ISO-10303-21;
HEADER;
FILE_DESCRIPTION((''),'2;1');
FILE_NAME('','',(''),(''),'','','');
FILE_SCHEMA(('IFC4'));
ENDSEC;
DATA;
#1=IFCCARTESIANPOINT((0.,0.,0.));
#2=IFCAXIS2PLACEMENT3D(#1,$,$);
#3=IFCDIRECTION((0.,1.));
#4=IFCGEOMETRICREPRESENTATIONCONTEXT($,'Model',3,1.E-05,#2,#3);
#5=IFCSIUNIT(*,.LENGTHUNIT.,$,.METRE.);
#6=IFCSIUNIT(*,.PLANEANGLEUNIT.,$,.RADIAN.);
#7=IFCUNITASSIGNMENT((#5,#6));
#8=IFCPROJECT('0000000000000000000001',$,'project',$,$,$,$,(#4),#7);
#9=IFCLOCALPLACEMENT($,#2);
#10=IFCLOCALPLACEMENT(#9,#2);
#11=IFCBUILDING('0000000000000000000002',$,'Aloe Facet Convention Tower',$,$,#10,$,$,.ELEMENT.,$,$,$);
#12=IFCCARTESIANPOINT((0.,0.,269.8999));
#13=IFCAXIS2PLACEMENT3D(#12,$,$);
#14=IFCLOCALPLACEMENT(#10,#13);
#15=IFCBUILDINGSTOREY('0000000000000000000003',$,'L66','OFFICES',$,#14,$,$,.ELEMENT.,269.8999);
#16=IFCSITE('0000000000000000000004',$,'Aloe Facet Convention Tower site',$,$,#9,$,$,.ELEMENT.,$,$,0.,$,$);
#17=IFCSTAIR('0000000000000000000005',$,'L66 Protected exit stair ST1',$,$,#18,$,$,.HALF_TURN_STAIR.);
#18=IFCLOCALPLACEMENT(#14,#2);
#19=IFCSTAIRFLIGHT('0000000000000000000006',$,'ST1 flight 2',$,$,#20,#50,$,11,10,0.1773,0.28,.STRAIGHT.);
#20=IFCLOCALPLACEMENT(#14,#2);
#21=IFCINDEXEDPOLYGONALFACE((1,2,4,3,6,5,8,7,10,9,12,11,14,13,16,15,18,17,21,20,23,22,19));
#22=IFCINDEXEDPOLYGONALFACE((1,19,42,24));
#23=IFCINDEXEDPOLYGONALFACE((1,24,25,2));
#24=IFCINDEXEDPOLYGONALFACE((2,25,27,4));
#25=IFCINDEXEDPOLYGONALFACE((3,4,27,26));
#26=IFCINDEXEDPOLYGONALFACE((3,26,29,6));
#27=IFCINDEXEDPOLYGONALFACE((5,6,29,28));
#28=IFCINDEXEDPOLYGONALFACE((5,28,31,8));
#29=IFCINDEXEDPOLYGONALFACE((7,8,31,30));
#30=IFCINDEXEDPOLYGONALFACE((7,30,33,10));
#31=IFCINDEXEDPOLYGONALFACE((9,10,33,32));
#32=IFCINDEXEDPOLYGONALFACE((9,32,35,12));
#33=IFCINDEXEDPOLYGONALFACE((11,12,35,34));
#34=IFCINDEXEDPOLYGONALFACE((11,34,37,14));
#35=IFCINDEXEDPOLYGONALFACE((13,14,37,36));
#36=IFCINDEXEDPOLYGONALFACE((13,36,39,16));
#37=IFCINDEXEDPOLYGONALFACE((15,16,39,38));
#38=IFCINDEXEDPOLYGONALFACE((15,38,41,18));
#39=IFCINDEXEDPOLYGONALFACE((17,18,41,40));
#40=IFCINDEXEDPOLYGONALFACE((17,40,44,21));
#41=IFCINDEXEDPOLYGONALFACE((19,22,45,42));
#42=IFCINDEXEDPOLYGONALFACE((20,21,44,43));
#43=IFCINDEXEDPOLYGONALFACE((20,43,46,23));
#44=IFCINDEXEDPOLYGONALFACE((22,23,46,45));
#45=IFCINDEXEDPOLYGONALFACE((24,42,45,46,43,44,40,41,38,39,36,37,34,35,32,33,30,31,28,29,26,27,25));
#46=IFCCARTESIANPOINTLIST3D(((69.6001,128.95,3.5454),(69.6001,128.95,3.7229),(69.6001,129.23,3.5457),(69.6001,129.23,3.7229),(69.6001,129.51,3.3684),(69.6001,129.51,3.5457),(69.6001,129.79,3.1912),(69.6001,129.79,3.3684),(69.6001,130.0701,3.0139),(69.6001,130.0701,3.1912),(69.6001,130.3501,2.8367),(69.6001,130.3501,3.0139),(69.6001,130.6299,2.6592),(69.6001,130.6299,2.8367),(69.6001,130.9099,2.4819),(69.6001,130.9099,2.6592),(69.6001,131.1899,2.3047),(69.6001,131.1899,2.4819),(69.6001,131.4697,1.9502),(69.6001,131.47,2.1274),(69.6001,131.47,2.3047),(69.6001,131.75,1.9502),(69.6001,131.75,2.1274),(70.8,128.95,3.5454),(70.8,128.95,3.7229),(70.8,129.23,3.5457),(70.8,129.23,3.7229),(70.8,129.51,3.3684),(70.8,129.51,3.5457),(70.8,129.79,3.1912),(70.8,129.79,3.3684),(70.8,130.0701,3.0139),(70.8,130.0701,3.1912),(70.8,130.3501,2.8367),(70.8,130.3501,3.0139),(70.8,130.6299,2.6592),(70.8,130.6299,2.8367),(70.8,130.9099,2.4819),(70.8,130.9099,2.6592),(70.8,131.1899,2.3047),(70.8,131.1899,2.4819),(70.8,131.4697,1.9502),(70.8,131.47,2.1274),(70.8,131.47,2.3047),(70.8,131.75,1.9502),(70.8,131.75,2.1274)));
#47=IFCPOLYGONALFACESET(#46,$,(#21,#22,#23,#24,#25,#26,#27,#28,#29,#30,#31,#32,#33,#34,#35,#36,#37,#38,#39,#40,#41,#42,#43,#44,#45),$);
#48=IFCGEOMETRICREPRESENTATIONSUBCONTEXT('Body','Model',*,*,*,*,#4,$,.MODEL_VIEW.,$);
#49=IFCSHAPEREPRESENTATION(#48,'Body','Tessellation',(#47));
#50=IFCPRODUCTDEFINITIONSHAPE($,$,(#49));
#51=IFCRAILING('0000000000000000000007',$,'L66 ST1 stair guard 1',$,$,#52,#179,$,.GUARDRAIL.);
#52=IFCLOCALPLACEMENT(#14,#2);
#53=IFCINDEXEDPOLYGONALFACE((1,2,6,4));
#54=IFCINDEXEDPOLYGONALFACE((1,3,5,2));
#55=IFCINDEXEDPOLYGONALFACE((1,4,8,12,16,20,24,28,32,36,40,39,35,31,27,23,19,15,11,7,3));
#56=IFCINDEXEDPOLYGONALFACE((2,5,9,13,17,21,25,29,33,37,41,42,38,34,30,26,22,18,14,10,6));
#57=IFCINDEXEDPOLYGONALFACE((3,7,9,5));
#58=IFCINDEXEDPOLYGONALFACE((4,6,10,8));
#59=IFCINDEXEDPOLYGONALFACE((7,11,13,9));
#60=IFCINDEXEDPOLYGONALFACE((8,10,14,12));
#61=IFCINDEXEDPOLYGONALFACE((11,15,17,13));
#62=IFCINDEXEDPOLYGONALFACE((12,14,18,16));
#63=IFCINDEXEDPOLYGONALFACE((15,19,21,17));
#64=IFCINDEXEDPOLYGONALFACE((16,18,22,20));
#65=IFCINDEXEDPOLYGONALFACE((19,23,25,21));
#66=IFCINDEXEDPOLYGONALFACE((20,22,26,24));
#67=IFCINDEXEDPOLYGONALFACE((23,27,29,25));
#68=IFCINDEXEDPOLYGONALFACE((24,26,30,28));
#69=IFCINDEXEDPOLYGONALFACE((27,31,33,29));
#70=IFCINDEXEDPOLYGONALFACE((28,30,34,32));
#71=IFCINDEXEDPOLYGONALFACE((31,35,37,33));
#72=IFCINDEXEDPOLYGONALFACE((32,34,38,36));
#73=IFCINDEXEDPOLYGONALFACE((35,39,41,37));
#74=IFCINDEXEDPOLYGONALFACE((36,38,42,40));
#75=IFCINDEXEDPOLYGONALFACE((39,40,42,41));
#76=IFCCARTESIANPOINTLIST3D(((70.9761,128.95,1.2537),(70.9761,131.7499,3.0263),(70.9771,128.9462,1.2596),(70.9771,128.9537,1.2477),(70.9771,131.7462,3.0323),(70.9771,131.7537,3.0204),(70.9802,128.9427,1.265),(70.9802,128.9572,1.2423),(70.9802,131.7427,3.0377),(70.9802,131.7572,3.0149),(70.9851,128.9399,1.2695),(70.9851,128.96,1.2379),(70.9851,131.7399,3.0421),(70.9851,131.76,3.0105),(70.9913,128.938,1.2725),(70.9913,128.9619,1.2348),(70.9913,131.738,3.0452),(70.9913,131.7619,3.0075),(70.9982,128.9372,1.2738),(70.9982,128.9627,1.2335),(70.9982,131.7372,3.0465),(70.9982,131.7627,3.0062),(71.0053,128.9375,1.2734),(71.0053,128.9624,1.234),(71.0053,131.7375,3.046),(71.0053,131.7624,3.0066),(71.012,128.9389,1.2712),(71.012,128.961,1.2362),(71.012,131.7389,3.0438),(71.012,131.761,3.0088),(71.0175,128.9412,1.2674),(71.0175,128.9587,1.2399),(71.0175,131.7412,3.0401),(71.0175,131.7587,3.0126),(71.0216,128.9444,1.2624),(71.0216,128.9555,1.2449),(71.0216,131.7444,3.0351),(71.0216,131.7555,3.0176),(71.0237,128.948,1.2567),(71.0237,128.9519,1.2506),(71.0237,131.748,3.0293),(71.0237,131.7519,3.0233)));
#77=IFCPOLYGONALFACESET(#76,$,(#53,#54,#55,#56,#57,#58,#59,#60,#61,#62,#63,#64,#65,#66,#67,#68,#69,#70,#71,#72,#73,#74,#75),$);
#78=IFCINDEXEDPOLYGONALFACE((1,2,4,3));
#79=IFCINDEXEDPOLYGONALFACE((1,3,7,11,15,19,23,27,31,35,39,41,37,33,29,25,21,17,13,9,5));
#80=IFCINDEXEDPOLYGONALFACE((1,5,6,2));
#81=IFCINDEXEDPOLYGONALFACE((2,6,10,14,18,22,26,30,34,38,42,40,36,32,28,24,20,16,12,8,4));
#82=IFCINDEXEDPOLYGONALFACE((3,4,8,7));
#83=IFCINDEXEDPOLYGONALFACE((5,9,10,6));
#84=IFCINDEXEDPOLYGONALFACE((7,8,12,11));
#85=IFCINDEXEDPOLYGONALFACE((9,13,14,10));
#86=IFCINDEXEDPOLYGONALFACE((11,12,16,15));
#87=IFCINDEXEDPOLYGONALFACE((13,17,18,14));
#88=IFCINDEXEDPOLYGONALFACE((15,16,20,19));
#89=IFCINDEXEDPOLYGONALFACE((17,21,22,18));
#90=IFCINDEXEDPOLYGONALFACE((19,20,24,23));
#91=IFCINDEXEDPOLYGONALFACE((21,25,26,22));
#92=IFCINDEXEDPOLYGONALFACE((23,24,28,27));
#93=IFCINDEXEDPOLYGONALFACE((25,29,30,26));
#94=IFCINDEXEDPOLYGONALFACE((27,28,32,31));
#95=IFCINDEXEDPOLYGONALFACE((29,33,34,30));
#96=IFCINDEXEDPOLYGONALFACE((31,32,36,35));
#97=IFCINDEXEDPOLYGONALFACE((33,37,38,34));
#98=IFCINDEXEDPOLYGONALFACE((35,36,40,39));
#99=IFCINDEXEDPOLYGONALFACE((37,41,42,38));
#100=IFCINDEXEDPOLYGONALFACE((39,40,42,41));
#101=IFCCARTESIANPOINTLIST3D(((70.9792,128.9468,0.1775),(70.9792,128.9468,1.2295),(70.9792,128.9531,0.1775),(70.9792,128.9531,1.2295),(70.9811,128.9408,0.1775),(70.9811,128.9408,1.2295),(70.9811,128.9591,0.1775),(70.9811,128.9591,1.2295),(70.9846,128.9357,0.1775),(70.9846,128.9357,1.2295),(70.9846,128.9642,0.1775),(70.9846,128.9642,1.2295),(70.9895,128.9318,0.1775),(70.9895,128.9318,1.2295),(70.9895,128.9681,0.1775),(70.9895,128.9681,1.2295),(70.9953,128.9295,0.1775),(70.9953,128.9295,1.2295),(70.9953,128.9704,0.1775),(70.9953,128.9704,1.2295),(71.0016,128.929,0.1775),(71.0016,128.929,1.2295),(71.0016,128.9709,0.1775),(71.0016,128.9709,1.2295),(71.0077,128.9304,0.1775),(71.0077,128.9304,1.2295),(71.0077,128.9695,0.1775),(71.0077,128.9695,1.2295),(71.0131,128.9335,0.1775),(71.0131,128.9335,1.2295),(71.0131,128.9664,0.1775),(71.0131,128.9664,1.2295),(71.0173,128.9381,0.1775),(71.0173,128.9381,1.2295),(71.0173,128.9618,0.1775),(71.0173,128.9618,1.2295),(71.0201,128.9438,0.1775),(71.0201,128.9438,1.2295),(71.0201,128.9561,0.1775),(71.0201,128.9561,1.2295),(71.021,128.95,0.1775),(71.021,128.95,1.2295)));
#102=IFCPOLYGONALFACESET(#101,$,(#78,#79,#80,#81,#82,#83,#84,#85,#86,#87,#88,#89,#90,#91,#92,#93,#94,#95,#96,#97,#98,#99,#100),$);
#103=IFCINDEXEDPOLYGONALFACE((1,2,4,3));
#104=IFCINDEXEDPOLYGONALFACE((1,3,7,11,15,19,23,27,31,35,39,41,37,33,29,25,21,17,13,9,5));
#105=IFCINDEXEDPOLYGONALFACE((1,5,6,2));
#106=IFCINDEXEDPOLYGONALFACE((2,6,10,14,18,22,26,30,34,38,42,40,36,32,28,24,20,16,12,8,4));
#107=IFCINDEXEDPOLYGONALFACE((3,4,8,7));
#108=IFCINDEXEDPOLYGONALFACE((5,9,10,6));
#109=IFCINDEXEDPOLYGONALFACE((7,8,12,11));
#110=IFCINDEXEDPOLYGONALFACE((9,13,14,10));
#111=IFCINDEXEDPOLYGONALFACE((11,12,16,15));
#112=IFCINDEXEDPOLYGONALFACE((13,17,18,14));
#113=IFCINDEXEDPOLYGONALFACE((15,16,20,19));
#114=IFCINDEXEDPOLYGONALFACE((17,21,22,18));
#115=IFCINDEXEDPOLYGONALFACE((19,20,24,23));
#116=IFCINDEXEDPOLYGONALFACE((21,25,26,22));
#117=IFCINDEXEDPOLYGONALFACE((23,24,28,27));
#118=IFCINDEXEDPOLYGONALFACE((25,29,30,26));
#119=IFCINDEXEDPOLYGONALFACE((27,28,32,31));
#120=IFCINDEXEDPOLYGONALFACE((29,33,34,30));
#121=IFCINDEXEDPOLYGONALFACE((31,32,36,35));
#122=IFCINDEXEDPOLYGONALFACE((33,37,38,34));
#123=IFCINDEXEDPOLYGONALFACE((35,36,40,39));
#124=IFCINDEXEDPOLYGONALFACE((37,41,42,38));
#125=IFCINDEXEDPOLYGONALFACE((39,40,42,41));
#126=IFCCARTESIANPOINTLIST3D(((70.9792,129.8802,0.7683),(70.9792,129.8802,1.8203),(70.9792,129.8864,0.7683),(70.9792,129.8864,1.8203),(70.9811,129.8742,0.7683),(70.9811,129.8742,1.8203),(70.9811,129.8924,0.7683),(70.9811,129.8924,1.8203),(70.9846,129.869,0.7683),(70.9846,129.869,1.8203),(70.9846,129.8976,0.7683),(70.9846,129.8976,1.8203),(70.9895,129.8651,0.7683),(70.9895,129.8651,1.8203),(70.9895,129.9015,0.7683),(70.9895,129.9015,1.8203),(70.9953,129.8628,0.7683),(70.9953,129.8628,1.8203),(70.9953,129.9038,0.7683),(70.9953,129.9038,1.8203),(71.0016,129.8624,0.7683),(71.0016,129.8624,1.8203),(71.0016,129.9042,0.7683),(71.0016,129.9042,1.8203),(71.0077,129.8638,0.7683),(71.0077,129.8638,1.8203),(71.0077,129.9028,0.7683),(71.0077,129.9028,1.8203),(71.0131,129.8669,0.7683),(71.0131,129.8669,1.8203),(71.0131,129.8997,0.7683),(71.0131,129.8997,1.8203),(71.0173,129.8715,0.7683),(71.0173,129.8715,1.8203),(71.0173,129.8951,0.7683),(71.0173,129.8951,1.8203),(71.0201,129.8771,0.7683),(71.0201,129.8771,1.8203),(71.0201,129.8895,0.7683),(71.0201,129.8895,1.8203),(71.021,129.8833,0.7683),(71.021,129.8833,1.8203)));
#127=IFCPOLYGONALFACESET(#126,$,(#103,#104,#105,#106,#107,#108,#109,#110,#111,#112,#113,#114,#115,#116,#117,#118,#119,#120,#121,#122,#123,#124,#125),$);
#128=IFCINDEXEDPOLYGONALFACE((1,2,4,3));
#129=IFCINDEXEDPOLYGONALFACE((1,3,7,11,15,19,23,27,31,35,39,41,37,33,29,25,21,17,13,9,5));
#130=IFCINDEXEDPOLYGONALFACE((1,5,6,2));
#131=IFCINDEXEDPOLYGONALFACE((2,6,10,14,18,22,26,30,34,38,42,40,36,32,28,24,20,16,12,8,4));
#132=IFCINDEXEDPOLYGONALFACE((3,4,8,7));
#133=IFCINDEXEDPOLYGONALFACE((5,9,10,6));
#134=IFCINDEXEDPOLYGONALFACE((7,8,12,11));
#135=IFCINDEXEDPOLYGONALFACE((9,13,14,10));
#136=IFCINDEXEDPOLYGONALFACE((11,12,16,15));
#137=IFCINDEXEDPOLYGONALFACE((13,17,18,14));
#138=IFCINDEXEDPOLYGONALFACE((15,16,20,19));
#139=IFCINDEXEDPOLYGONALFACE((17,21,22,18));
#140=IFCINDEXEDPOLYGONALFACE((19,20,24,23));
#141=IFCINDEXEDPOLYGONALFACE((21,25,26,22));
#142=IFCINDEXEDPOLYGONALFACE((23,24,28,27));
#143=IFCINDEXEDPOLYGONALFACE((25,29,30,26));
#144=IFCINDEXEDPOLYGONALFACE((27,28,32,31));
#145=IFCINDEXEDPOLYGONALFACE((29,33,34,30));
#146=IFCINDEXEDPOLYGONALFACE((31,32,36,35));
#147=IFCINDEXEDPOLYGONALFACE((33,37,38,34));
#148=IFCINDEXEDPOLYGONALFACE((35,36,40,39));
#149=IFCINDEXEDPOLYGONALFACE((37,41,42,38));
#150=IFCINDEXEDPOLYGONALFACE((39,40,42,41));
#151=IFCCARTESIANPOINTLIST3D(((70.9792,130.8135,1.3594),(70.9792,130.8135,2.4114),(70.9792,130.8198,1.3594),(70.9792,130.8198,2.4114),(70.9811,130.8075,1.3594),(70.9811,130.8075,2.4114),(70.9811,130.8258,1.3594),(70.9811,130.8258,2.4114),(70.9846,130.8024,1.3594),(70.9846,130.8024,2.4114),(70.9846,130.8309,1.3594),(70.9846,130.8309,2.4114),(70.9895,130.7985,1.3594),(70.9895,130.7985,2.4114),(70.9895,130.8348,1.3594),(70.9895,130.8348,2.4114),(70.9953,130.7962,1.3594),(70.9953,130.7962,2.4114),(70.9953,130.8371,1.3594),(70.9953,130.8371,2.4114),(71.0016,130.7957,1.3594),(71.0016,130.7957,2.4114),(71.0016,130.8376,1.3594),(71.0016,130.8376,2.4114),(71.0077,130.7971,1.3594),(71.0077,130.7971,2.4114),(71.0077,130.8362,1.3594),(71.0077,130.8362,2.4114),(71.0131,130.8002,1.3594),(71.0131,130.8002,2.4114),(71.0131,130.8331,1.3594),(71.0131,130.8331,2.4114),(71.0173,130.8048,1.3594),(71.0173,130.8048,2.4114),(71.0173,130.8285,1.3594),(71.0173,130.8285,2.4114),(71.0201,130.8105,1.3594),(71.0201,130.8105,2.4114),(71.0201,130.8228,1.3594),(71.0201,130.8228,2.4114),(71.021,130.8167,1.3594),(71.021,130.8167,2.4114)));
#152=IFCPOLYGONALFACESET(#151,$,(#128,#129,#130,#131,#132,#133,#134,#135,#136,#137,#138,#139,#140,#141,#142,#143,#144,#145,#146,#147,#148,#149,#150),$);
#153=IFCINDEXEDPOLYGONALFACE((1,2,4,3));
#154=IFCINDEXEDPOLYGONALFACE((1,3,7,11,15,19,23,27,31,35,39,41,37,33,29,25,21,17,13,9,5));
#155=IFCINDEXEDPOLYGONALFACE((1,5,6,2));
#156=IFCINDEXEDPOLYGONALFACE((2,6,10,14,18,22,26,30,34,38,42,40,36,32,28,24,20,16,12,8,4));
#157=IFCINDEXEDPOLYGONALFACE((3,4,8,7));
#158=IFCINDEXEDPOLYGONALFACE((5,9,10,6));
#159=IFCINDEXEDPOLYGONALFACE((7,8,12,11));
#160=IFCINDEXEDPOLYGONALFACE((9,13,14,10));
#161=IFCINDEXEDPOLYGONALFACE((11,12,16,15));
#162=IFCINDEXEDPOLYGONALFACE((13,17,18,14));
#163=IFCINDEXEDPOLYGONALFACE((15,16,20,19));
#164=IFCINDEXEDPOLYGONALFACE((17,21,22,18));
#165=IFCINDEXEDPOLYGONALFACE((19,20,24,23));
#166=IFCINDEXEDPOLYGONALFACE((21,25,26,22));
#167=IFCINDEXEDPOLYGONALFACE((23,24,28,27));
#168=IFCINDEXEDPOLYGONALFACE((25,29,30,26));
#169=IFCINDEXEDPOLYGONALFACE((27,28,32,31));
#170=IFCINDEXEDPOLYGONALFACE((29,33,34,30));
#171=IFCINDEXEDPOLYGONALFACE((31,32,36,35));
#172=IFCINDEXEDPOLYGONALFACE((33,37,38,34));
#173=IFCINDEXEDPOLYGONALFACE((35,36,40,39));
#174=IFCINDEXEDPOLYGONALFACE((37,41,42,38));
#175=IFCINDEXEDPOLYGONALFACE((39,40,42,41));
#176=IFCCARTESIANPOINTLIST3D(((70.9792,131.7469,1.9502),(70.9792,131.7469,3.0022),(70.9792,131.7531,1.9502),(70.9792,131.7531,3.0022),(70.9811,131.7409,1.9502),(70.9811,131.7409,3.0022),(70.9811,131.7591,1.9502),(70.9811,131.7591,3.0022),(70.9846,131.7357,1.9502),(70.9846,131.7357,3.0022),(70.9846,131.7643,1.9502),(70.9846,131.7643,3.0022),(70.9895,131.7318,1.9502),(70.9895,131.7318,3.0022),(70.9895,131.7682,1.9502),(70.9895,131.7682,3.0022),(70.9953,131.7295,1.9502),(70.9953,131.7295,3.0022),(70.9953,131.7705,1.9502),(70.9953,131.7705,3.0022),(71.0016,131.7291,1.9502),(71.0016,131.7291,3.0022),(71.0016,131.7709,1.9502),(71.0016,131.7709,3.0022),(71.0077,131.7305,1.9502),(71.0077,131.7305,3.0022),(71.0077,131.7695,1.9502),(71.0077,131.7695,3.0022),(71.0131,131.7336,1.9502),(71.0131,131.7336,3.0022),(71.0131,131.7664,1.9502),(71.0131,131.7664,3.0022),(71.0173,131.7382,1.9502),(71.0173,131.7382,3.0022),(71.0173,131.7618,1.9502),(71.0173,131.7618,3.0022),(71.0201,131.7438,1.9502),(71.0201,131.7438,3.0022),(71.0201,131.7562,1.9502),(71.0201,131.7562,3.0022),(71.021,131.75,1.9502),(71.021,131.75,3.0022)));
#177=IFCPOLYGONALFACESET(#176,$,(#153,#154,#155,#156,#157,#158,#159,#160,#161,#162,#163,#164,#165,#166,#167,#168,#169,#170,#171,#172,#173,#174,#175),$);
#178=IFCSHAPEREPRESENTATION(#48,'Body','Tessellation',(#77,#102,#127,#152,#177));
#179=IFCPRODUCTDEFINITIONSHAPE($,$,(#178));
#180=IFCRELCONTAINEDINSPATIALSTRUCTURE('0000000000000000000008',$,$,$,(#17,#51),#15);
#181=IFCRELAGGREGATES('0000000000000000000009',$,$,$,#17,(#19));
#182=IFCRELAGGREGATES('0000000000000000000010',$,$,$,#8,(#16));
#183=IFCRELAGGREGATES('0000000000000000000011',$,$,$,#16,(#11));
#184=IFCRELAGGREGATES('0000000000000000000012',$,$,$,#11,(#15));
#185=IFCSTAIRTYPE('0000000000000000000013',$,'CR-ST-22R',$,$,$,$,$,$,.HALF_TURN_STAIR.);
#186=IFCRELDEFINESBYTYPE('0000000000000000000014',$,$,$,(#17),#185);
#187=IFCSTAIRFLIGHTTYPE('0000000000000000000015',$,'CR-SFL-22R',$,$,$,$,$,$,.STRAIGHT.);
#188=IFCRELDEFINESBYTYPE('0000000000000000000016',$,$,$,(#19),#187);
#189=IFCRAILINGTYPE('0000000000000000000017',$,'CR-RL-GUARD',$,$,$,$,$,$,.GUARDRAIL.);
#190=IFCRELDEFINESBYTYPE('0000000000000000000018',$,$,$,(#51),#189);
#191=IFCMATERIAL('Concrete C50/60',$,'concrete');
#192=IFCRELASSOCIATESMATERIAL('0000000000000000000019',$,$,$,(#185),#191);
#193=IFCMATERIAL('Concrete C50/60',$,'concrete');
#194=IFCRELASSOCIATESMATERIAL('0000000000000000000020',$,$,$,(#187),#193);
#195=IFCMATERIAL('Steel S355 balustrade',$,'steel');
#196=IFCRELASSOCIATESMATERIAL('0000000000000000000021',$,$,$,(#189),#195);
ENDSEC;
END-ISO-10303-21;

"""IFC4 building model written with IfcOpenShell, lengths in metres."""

from ifc_helpers import new_model, si_unit, direction, frame, origin, origin_2d, place, context, subcontext, project, spatial, polyline, circle, outline, extrude, material, type_object, element, aggregate, save


model = new_model("IFC4")

# Units and contexts
model_context = context("Model", 3, precision=1e-05, world=origin(), true_north=direction((0.0, 1.0)))
body_context = subcontext(model_context, "Body", "Model", "MODEL_VIEW")
ifc_project = project(units=[si_unit("LENGTHUNIT", "METRE"), si_unit("PLANEANGLEUNIT", "RADIAN")], contexts=[model_context])

# Site, building, storey
site_placement = place(None, origin())
site = spatial("IfcSite", under=ifc_project, at=site_placement, Name="Aloe Facet Convention Tower site", CompositionType="ELEMENT", RefElevation=0.0)
building_placement = place(site_placement, origin())
building = spatial("IfcBuilding", under=site, at=building_placement, Name="Aloe Facet Convention Tower", CompositionType="ELEMENT")
storey_placement = place(building_placement, frame((0.0, 0.0, 269.8999)))
storey = spatial("IfcBuildingStorey", under=building, at=storey_placement, Name="L66", Description="OFFICES", CompositionType="ELEMENT", Elevation=269.8999)

# Stair, stair flight
ifc_material_1 = material(Name="Concrete C50/60", Category="concrete")
stair_type = type_object("IfcStairType", Name="CR-ST-22R", PredefinedType="HALF_TURN_STAIR", material=ifc_material_1)
stair_placement = place(storey_placement, origin())
stair = element("IfcStair", 1, at=stair_placement, inside=storey, type_object=stair_type, Name="L66 Protected exit stair ST1", PredefinedType="HALF_TURN_STAIR")
ifc_material_2 = material(Name="Concrete C50/60", Category="concrete")
stair_flight_type = type_object("IfcStairFlightType", Name="CR-SFL-22R", PredefinedType="STRAIGHT", material=ifc_material_2)
stair_flight_1_placement = place(storey_placement, frame((70.2, 131.75, 1.9502), z_axis=(0.0, 0.0, 1.0), x_axis=(0.0, -1.0, 0.0)))
stair_flight_1 = element("IfcStairFlight", 2, at=stair_flight_1_placement, type_object=stair_flight_type, Name="ST1 flight 2", NumberOfRisers=11, NumberOfTreads=10, PredefinedType="STRAIGHT", RiserHeight=0.1773, TreadLength=0.28, context=body_context, shape_type="SweptSolid", body=[
    extrude(outline(polyline([(0.0, 0.0), (0.0, 0.1772), (0.28, 0.1772), (0.28, 0.3545), (0.5601, 0.3545), (0.5601, 0.5317), (0.8401, 0.5317), (0.8401, 0.709), (1.1201, 0.709), (1.1201, 0.8865), (1.3999, 0.8865), (1.3999, 1.0637), (1.6799, 1.0637), (1.6799, 1.241), (1.96, 1.241), (1.96, 1.4182), (2.24, 1.4182), (2.24, 1.5955), (2.52, 1.5955), (2.52, 1.7727), (2.8, 1.7727), (2.8, 1.95), (2.8, 1.5952), (0.2803, 0.0), (0.0, 0.0)])), frame((0.0, 0.6001, 0.0), z_axis=(0.0, -1.0, 0.0), x_axis=(1.0, 0.0, 0.0)), (0.0, 0.0, 1.0), 1.2),
])
aggregate(stair, [stair_flight_1])

# Railing
ifc_material_3 = material(Name="Steel S355 balustrade", Category="steel")
railing_type_1 = type_object("IfcRailingType", Name="CR-RL-GUARD", PredefinedType="GUARDRAIL", material=ifc_material_3)
railing_1_placement = place(storey_placement, frame((71.0, 128.95, 0.1775)))
element("IfcRailing", 3, at=railing_1_placement, inside=storey, type_object=railing_type_1, Name="L66 ST1 stair guard 1", PredefinedType="GUARDRAIL", context=body_context, shape_type="SweptSolid", body=[
    extrude(circle(Radius=0.0239, at=origin_2d()), frame((0.0, 0.0, 1.0762), z_axis=(0.0, 0.844909, 0.53491), x_axis=(-1.0, 0.0, 0.0)), (0.0, 0.0, 1.0), 3.314),
    extrude(circle(Radius=0.021, at=origin_2d()), origin(), (0.0, 0.0, 1.0), 1.052),
    extrude(circle(Radius=0.021, at=origin_2d()), frame((0.0, 0.9333, 0.5908)), (0.0, 0.0, 1.0), 1.052),
    extrude(circle(Radius=0.021, at=origin_2d()), frame((0.0, 1.8667, 1.1819)), (0.0, 0.0, 1.0), 1.052),
    extrude(circle(Radius=0.021, at=origin_2d()), frame((0.0, 2.8, 1.7727)), (0.0, 0.0, 1.0), 1.052),
])

save(model, "model.ifc")
